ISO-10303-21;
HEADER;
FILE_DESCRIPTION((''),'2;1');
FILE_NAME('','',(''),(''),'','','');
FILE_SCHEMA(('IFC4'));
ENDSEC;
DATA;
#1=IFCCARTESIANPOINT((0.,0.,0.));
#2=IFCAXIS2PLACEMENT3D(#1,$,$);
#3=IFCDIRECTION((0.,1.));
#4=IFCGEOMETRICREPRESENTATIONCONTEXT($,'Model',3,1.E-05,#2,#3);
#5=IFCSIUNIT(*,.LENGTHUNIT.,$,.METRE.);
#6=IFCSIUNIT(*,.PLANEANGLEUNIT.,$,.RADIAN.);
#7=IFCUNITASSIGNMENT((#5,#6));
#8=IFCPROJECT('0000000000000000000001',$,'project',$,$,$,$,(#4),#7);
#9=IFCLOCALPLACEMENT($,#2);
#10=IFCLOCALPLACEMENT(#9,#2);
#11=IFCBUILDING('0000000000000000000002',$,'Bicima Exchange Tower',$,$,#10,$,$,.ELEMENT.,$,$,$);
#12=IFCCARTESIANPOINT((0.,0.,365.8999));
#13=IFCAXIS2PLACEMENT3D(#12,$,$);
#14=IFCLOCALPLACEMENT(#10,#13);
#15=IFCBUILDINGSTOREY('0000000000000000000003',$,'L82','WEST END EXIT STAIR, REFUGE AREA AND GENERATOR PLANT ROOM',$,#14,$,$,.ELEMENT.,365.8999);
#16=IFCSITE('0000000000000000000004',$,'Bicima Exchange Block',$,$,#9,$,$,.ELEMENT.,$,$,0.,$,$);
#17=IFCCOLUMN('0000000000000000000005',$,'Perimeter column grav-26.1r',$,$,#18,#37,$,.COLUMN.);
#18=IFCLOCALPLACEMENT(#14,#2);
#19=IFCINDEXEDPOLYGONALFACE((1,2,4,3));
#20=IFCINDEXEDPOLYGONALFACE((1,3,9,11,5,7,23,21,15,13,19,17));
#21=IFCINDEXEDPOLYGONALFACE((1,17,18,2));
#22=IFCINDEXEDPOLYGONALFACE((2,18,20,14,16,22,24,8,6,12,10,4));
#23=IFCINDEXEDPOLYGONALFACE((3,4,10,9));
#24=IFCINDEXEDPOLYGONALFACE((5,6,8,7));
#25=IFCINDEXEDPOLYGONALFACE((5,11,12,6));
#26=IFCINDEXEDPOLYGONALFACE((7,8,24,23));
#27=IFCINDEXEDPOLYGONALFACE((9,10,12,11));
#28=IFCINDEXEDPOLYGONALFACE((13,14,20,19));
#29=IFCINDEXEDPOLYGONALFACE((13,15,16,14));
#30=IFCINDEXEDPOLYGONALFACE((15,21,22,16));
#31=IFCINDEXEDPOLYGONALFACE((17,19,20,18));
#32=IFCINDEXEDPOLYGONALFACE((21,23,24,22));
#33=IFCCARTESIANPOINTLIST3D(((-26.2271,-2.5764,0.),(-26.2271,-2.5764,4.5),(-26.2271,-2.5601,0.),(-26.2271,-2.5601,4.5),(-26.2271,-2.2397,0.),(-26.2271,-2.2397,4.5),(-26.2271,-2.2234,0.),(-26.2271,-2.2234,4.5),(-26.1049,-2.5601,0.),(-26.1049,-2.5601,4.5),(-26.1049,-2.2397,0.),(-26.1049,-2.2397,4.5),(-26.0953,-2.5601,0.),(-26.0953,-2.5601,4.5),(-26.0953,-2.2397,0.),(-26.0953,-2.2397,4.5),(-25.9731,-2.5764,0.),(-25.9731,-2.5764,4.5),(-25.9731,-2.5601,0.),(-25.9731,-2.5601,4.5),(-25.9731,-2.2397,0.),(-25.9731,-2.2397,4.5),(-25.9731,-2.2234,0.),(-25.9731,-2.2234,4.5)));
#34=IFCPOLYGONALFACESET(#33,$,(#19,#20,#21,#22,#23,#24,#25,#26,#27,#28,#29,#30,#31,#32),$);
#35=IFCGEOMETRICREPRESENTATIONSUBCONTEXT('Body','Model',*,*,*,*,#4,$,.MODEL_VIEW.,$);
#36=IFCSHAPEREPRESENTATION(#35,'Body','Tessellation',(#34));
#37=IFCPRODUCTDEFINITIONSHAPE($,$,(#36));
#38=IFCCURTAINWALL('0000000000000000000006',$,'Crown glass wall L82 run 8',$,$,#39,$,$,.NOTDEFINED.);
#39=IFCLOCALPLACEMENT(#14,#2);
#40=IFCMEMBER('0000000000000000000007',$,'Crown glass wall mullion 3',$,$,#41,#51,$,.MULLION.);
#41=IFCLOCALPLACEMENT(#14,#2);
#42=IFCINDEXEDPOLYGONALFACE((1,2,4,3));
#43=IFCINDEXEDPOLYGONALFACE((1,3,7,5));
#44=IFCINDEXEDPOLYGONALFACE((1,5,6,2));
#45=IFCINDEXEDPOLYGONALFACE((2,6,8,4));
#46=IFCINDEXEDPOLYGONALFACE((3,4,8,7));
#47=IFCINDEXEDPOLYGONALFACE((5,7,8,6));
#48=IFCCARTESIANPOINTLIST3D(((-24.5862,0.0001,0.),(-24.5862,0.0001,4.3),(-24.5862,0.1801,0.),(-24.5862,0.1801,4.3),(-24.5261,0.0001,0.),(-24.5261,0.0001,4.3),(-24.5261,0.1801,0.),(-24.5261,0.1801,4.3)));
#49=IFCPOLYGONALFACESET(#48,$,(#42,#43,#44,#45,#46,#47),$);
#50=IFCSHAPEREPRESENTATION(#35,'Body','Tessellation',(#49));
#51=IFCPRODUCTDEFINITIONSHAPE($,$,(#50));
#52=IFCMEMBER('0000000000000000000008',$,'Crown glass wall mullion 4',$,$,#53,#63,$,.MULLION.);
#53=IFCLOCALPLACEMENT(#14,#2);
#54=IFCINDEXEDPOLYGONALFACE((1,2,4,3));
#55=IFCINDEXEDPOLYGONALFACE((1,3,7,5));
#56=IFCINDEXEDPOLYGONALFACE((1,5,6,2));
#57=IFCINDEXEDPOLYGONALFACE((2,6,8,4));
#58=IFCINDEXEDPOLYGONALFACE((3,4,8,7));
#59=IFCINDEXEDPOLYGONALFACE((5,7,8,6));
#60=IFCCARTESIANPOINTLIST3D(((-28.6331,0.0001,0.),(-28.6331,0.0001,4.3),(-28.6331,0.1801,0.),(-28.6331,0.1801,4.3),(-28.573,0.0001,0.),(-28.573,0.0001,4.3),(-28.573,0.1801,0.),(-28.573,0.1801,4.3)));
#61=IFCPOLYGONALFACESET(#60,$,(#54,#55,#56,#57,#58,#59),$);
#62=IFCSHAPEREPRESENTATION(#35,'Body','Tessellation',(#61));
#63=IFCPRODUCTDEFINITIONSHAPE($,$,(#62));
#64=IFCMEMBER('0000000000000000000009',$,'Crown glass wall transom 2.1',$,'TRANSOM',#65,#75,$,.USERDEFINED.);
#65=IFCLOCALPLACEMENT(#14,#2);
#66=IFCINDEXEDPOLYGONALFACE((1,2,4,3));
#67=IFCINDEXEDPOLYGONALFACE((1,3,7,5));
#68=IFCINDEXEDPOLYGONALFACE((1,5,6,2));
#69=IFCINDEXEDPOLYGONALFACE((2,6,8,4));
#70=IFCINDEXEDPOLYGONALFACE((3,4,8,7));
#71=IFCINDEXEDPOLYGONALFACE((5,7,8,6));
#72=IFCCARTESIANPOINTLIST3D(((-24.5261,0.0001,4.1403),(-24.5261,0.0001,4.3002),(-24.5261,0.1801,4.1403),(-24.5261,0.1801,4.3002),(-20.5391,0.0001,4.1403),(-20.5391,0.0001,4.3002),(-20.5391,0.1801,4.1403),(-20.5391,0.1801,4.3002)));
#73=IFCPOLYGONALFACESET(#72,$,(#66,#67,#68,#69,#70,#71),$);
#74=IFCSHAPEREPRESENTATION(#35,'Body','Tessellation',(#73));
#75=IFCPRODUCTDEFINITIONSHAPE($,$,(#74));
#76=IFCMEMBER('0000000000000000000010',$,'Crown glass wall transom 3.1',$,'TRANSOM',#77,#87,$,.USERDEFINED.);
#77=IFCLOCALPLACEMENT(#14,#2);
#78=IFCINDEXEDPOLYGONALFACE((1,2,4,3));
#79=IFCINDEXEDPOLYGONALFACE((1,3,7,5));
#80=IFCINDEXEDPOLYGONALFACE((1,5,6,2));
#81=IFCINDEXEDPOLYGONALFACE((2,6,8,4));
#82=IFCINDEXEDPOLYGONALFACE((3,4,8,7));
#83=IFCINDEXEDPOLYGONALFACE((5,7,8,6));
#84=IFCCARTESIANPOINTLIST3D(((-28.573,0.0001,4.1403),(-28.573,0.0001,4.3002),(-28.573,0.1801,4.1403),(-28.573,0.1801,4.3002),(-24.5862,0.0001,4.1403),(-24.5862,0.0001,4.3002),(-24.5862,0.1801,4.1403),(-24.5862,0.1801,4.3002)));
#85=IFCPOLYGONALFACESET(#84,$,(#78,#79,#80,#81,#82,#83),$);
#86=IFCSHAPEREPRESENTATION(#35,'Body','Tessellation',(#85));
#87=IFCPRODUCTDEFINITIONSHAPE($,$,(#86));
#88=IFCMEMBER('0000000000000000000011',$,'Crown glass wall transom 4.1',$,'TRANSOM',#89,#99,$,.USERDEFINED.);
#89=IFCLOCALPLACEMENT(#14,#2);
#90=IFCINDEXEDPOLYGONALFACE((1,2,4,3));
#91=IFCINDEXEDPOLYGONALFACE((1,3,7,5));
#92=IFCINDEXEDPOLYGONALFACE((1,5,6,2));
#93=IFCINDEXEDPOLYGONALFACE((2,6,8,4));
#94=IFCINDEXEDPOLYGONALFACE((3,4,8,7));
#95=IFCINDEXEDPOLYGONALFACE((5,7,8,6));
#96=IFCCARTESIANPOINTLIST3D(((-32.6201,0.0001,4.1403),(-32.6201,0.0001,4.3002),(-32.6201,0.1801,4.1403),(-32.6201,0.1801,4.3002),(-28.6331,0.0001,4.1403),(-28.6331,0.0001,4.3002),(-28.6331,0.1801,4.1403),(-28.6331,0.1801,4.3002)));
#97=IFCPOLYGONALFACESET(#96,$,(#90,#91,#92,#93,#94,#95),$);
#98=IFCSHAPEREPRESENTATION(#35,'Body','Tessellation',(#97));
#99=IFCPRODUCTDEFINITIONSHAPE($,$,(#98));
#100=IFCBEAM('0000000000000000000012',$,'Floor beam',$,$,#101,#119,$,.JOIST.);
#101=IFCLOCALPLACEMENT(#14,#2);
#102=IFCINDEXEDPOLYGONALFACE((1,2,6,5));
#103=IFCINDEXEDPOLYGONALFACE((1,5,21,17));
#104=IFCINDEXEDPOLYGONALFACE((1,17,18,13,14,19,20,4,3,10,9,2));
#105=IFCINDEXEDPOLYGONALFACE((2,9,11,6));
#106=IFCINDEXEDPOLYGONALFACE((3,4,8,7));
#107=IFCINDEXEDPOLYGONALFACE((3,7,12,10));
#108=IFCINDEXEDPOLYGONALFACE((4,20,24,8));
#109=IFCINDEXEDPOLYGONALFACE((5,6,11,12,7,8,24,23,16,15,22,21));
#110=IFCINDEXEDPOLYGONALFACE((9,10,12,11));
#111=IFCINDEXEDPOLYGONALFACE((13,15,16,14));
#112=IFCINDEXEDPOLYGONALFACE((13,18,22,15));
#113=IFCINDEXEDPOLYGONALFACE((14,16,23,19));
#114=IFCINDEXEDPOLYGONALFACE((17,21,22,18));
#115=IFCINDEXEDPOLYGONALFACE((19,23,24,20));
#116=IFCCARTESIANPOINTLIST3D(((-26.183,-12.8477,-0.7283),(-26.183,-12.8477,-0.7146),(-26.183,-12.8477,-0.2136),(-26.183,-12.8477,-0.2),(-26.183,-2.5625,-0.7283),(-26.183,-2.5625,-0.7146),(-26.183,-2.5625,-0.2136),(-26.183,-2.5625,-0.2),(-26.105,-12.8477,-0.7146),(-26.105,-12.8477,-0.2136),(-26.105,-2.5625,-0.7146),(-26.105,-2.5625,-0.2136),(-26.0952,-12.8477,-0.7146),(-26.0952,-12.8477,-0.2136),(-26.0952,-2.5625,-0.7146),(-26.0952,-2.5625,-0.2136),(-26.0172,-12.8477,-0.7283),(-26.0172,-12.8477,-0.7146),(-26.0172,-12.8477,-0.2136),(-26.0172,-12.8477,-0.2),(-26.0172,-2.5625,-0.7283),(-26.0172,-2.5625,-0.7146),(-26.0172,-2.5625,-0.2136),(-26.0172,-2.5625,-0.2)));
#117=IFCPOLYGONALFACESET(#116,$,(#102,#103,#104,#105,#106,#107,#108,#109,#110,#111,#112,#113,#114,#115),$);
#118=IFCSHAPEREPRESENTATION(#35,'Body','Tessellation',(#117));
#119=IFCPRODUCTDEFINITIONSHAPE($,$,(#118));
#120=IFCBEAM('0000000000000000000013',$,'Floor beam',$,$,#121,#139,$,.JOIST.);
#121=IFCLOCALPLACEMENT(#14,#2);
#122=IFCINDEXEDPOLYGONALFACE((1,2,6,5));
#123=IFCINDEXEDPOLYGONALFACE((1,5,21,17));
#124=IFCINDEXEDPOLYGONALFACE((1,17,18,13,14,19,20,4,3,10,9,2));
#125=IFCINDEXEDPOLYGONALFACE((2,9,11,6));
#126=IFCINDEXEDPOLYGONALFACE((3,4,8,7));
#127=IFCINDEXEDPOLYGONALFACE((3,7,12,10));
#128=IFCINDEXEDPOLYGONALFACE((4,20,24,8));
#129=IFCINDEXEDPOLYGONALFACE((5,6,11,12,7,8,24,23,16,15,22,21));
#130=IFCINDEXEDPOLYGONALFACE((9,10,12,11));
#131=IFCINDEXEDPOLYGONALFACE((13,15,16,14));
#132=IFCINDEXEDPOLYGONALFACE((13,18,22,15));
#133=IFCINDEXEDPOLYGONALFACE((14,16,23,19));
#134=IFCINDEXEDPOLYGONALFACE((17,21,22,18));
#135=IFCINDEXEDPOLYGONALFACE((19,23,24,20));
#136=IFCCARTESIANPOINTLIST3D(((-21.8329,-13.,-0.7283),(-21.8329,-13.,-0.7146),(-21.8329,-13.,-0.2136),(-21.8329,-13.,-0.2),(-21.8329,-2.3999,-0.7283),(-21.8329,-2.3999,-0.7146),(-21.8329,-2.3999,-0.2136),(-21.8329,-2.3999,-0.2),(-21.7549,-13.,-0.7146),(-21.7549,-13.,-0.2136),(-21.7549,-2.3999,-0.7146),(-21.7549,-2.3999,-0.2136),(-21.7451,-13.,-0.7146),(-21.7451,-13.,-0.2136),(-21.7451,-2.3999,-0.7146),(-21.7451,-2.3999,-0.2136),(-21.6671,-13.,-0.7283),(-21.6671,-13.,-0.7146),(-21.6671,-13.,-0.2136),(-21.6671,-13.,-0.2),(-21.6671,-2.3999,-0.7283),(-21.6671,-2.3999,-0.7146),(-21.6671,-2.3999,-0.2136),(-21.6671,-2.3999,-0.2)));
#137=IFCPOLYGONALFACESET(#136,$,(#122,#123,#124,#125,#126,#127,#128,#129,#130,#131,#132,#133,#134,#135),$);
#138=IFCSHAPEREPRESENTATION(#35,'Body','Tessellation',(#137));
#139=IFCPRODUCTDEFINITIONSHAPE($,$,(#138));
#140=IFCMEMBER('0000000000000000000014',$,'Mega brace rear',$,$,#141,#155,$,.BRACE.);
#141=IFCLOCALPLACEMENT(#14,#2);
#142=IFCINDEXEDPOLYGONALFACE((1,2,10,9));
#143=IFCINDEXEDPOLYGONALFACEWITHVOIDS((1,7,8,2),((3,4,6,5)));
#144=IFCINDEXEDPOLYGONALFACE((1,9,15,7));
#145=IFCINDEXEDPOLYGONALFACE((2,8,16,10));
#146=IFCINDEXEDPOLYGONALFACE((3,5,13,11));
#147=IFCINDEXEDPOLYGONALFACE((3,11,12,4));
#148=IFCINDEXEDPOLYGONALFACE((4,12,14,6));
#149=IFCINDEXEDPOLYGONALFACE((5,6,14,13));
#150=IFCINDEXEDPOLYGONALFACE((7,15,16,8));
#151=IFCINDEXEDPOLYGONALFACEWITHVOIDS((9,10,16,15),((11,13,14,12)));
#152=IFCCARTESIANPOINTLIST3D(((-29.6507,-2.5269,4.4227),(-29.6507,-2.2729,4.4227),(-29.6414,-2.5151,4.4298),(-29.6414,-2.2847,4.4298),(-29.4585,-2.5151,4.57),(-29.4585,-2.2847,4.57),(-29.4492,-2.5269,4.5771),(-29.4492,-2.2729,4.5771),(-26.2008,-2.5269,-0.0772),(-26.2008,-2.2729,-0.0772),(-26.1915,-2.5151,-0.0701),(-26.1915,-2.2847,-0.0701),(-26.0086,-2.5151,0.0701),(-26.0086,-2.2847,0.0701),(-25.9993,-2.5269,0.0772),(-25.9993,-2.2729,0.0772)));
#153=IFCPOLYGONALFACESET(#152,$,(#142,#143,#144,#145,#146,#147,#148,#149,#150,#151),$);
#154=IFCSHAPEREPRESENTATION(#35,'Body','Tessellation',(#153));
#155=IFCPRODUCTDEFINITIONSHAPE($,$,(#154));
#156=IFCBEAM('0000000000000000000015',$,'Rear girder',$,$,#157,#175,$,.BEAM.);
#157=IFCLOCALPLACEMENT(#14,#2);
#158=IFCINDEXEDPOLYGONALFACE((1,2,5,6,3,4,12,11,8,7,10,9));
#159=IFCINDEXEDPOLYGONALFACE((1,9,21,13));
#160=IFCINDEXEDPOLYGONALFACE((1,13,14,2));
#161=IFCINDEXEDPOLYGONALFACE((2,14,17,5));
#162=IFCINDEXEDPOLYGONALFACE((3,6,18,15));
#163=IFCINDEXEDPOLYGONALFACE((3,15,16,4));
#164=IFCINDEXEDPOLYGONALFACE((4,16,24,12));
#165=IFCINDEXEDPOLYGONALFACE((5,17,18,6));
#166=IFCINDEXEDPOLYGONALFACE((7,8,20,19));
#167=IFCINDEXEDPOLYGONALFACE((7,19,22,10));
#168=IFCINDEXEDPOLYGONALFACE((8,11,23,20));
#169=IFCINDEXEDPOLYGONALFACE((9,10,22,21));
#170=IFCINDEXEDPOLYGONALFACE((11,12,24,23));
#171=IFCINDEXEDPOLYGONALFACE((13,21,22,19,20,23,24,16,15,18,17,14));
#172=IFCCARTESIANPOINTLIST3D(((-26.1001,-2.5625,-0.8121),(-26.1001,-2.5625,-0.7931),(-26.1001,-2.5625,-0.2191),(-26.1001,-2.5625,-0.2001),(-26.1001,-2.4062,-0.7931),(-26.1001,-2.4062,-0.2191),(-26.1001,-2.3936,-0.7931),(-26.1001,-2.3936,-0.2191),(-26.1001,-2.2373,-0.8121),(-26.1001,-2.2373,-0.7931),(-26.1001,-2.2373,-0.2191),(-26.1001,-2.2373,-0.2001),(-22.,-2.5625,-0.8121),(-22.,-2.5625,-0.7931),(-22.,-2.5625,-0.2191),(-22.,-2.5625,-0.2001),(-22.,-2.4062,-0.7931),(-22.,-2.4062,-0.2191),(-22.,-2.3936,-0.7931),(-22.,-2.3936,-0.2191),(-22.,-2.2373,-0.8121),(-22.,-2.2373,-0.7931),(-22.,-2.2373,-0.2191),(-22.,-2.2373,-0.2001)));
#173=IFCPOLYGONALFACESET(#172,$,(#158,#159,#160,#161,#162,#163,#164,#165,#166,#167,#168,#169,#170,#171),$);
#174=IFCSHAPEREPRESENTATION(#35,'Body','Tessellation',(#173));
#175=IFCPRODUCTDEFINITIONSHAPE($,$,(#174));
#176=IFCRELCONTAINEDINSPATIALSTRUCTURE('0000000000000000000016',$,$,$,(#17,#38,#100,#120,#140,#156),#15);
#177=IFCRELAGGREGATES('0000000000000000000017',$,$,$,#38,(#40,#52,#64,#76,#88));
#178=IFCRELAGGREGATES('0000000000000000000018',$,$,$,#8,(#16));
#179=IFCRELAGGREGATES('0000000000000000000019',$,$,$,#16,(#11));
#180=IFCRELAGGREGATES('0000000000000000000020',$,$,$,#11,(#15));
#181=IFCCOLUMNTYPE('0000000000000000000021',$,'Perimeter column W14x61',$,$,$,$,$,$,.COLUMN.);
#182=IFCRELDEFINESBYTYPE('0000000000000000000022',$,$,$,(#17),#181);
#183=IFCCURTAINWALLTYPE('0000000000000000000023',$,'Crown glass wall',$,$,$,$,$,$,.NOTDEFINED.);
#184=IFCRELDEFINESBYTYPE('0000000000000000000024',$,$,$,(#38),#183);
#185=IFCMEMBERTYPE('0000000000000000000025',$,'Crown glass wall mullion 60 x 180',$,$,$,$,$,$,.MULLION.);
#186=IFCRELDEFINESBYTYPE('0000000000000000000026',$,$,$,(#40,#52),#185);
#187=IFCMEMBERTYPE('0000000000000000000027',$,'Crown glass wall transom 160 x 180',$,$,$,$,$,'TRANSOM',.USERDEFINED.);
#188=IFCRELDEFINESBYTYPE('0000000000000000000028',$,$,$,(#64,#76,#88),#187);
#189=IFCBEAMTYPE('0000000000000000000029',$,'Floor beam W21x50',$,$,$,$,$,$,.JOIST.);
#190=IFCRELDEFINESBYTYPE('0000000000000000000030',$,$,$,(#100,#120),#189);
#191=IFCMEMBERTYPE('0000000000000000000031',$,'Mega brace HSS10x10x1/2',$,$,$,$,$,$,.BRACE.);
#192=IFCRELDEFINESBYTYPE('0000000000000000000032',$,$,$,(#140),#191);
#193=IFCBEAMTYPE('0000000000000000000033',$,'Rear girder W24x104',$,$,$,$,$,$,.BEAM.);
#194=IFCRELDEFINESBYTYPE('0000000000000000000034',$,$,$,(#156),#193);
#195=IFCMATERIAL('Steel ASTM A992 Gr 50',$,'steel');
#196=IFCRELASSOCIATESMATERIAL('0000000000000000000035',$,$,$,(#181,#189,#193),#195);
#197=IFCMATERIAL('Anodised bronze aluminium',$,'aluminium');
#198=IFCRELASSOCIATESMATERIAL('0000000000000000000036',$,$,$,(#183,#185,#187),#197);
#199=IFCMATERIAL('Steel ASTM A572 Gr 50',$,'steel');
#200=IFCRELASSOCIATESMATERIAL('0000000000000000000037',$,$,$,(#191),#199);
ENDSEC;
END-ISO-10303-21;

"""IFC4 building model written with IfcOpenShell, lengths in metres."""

from ifc_helpers import new_model, si_unit, direction, frame, origin, origin_2d, place, context, subcontext, project, spatial, rectangle, hollow_rectangle, i_section, extrude, material, material_profile, profile_set, type_object, element, aggregate, save


model = new_model("IFC4")

# Units and contexts
model_context = context("Model", 3, precision=1e-05, world=origin(), true_north=direction((0.0, 1.0)))
body_context = subcontext(model_context, "Body", "Model", "MODEL_VIEW")
ifc_project = project(units=[si_unit("LENGTHUNIT", "METRE"), si_unit("PLANEANGLEUNIT", "RADIAN")], contexts=[model_context])

# Site, building, storey
site_placement = place(None, origin())
site = spatial("IfcSite", under=ifc_project, at=site_placement, Name="Bicima Exchange Block", CompositionType="ELEMENT", RefElevation=0.0)
building_placement = place(site_placement, origin())
building = spatial("IfcBuilding", under=site, at=building_placement, Name="Bicima Exchange Tower", CompositionType="ELEMENT")
storey_placement = place(building_placement, frame((0.0, 0.0, 365.8999)))
storey = spatial("IfcBuildingStorey", under=building, at=storey_placement, Name="L82", Description="WEST END EXIT STAIR, REFUGE AREA AND GENERATOR PLANT ROOM", CompositionType="ELEMENT", Elevation=365.8999)

# Column
ifc_material_1 = material(Name="Steel ASTM A992 Gr 50", Category="steel")
ifc_material_profile_1 = material_profile(ifc_material_1, i_section(OverallWidth=0.2539, OverallDepth=0.353, WebThickness=0.0095, FlangeThickness=0.0164, at=origin_2d()))
ifc_profile_set_1 = profile_set([ifc_material_profile_1], Name="Steel ASTM A992 Gr 50")
column_type = type_object("IfcColumnType", Name="Perimeter column W14x61", PredefinedType="COLUMN", material=ifc_profile_set_1)
column_placement = place(storey_placement, frame((-26.1001, -2.3999, 0.0), z_axis=(0.0, 0.0, 1.0), x_axis=(1.0, 0.0, 0.0)))
element("IfcColumn", 1, at=column_placement, inside=storey, type_object=column_type, Name="Perimeter column grav-26.1r", PredefinedType="COLUMN", context=body_context, shape_type="SweptSolid", body=[
    extrude(i_section(OverallWidth=0.2539, OverallDepth=0.353, WebThickness=0.0095, FlangeThickness=0.0164, at=origin_2d()), origin(), (0.0, 0.0, 1.0), 4.5),
])

# Curtain wall, members
ifc_material_2 = material(Name="Anodised bronze aluminium", Category="aluminium")
curtain_wall_type = type_object("IfcCurtainWallType", Name="Crown glass wall", PredefinedType="NOTDEFINED", material=ifc_material_2)
curtain_wall_placement = place(storey_placement, origin())
curtain_wall = element("IfcCurtainWall", 2, at=curtain_wall_placement, inside=storey, type_object=curtain_wall_type, Name="Crown glass wall L82 run 8", PredefinedType="NOTDEFINED")
ifc_material_profile_2 = material_profile(ifc_material_2, rectangle(XDim=0.1799, YDim=0.0601, at=origin_2d()))
ifc_profile_set_2 = profile_set([ifc_material_profile_2], Name="Anodised bronze aluminium")
member_type_1 = type_object("IfcMemberType", Name="Crown glass wall mullion 60 x 180", PredefinedType="MULLION", material=ifc_profile_set_2)
member_1_placement = place(storey_placement, frame((-24.5562, 0.0901, 0.0), z_axis=(0.0, 0.0, 1.0), x_axis=(0.0, -1.0, 0.0)))
member_1 = element("IfcMember", 3, at=member_1_placement, type_object=member_type_1, Name="Crown glass wall mullion 3", PredefinedType="MULLION", context=body_context, shape_type="SweptSolid", body=[
    extrude(rectangle(XDim=0.1799, YDim=0.0601, at=origin_2d()), origin(), (0.0, 0.0, 1.0), 4.3),
])
member_2_placement = place(storey_placement, frame((-28.603, 0.0901, 0.0), z_axis=(0.0, 0.0, 1.0), x_axis=(0.0, -1.0, 0.0)))
member_2 = element("IfcMember", 4, at=member_2_placement, type_object=member_type_1, Name="Crown glass wall mullion 4", PredefinedType="MULLION", context=body_context, shape_type="SweptSolid", body=[
    extrude(rectangle(XDim=0.1799, YDim=0.0601, at=origin_2d()), origin(), (0.0, 0.0, 1.0), 4.3),
])
ifc_material_profile_3 = material_profile(ifc_material_2, rectangle(XDim=0.1799, YDim=0.1599, at=origin_2d()))
ifc_profile_set_3 = profile_set([ifc_material_profile_3], Name="Anodised bronze aluminium")
member_type_2 = type_object("IfcMemberType", Name="Crown glass wall transom 160 x 180", ElementType="TRANSOM", PredefinedType="USERDEFINED", material=ifc_profile_set_3)
member_3_placement = place(storey_placement, frame((-20.5391, 0.0901, 4.2202), z_axis=(-1.0, 0.0, 0.0), x_axis=(0.0, -1.0, 0.0)))
member_3 = element("IfcMember", 5, at=member_3_placement, type_object=member_type_2, Name="Crown glass wall transom 2.1", ObjectType="TRANSOM", PredefinedType="USERDEFINED", context=body_context, shape_type="SweptSolid", body=[
    extrude(rectangle(XDim=0.1799, YDim=0.1599, at=origin_2d()), origin(), (0.0, 0.0, 1.0), 3.9871),
])
member_4_placement = place(storey_placement, frame((-24.5862, 0.0901, 4.2202), z_axis=(-1.0, 0.0, 0.0), x_axis=(0.0, -1.0, 0.0)))
member_4 = element("IfcMember", 6, at=member_4_placement, type_object=member_type_2, Name="Crown glass wall transom 3.1", ObjectType="TRANSOM", PredefinedType="USERDEFINED", context=body_context, shape_type="SweptSolid", body=[
    extrude(rectangle(XDim=0.1799, YDim=0.1599, at=origin_2d()), origin(), (0.0, 0.0, 1.0), 3.9868),
])
member_5_placement = place(storey_placement, frame((-28.6331, 0.0901, 4.2202), z_axis=(-1.0, 0.0, 0.0), x_axis=(0.0, -1.0, 0.0)))
member_5 = element("IfcMember", 7, at=member_5_placement, type_object=member_type_2, Name="Crown glass wall transom 4.1", ObjectType="TRANSOM", PredefinedType="USERDEFINED", context=body_context, shape_type="SweptSolid", body=[
    extrude(rectangle(XDim=0.1799, YDim=0.1599, at=origin_2d()), origin(), (0.0, 0.0, 1.0), 3.9871),
])

# Beams
ifc_material_profile_4 = material_profile(ifc_material_1, i_section(OverallWidth=0.1658, OverallDepth=0.5283, WebThickness=0.0098, FlangeThickness=0.0137, at=origin_2d()))
ifc_profile_set_4 = profile_set([ifc_material_profile_4], Name="Steel ASTM A992 Gr 50")
beam_type_1 = type_object("IfcBeamType", Name="Floor beam W21x50", PredefinedType="JOIST", material=ifc_profile_set_4)
beam_1_placement = place(storey_placement, frame((-26.1001, -2.5625, -0.4641), z_axis=(0.0, -1.0, 0.0), x_axis=(1.0, 0.0, 0.0)))
element("IfcBeam", 8, at=beam_1_placement, inside=storey, type_object=beam_type_1, Name="Floor beam", PredefinedType="JOIST", context=body_context, shape_type="SweptSolid", body=[
    extrude(i_section(OverallWidth=0.1658, OverallDepth=0.5283, WebThickness=0.0098, FlangeThickness=0.0137, at=origin_2d()), origin(), (0.0, 0.0, 1.0), 10.2852),
])
beam_2_placement = place(storey_placement, frame((-21.75, -2.3999, -0.4641), z_axis=(0.0, -1.0, 0.0), x_axis=(1.0, 0.0, 0.0)))
element("IfcBeam", 9, at=beam_2_placement, inside=storey, type_object=beam_type_1, Name="Floor beam", PredefinedType="JOIST", context=body_context, shape_type="SweptSolid", body=[
    extrude(i_section(OverallWidth=0.1658, OverallDepth=0.5283, WebThickness=0.0098, FlangeThickness=0.0137, at=origin_2d()), origin(), (0.0, 0.0, 1.0), 10.6001),
])

# Member
ifc_material_3 = material(Name="Steel ASTM A572 Gr 50", Category="steel")
ifc_material_profile_5 = material_profile(ifc_material_3, hollow_rectangle(XDim=0.2539, YDim=0.2539, WallThickness=0.0117, at=origin_2d()))
ifc_profile_set_5 = profile_set([ifc_material_profile_5], Name="Steel ASTM A572 Gr 50")
member_type_3 = type_object("IfcMemberType", Name="Mega brace HSS10x10x1/2", PredefinedType="BRACE", material=ifc_profile_set_5)
member_6_placement = place(storey_placement, frame((-26.1001, -2.3999, 0.0), z_axis=(-0.608426, 0.0, 0.793611), x_axis=(0.0, -1.0, 0.0)))
element("IfcMember", 10, at=member_6_placement, inside=storey, type_object=member_type_3, Name="Mega brace rear", PredefinedType="BRACE", context=body_context, shape_type="SweptSolid", body=[
    extrude(hollow_rectangle(XDim=0.2539, YDim=0.2539, WallThickness=0.0117, at=origin_2d()), origin(), (0.0, 0.0, 1.0), 5.6702),
])

# Beam
ifc_material_profile_6 = material_profile(ifc_material_1, i_section(OverallWidth=0.3252, OverallDepth=0.6121, WebThickness=0.0127, FlangeThickness=0.019, at=origin_2d()))
ifc_profile_set_6 = profile_set([ifc_material_profile_6], Name="Steel ASTM A992 Gr 50")
beam_type_2 = type_object("IfcBeamType", Name="Rear girder W24x104", PredefinedType="BEAM", material=ifc_profile_set_6)
beam_3_placement = place(storey_placement, frame((-22.0, -2.3999, -0.5061), z_axis=(-1.0, 0.0, 0.0), x_axis=(0.0, -1.0, 0.0)))
element("IfcBeam", 11, at=beam_3_placement, inside=storey, type_object=beam_type_2, Name="Rear girder", PredefinedType="BEAM", context=body_context, shape_type="SweptSolid", body=[
    extrude(i_section(OverallWidth=0.3252, OverallDepth=0.6121, WebThickness=0.0127, FlangeThickness=0.019, at=origin_2d()), origin(), (0.0, 0.0, 1.0), 4.1001),
])

aggregate(curtain_wall, [member_1, member_2, member_3, member_4, member_5])

save(model, "model.ifc")
